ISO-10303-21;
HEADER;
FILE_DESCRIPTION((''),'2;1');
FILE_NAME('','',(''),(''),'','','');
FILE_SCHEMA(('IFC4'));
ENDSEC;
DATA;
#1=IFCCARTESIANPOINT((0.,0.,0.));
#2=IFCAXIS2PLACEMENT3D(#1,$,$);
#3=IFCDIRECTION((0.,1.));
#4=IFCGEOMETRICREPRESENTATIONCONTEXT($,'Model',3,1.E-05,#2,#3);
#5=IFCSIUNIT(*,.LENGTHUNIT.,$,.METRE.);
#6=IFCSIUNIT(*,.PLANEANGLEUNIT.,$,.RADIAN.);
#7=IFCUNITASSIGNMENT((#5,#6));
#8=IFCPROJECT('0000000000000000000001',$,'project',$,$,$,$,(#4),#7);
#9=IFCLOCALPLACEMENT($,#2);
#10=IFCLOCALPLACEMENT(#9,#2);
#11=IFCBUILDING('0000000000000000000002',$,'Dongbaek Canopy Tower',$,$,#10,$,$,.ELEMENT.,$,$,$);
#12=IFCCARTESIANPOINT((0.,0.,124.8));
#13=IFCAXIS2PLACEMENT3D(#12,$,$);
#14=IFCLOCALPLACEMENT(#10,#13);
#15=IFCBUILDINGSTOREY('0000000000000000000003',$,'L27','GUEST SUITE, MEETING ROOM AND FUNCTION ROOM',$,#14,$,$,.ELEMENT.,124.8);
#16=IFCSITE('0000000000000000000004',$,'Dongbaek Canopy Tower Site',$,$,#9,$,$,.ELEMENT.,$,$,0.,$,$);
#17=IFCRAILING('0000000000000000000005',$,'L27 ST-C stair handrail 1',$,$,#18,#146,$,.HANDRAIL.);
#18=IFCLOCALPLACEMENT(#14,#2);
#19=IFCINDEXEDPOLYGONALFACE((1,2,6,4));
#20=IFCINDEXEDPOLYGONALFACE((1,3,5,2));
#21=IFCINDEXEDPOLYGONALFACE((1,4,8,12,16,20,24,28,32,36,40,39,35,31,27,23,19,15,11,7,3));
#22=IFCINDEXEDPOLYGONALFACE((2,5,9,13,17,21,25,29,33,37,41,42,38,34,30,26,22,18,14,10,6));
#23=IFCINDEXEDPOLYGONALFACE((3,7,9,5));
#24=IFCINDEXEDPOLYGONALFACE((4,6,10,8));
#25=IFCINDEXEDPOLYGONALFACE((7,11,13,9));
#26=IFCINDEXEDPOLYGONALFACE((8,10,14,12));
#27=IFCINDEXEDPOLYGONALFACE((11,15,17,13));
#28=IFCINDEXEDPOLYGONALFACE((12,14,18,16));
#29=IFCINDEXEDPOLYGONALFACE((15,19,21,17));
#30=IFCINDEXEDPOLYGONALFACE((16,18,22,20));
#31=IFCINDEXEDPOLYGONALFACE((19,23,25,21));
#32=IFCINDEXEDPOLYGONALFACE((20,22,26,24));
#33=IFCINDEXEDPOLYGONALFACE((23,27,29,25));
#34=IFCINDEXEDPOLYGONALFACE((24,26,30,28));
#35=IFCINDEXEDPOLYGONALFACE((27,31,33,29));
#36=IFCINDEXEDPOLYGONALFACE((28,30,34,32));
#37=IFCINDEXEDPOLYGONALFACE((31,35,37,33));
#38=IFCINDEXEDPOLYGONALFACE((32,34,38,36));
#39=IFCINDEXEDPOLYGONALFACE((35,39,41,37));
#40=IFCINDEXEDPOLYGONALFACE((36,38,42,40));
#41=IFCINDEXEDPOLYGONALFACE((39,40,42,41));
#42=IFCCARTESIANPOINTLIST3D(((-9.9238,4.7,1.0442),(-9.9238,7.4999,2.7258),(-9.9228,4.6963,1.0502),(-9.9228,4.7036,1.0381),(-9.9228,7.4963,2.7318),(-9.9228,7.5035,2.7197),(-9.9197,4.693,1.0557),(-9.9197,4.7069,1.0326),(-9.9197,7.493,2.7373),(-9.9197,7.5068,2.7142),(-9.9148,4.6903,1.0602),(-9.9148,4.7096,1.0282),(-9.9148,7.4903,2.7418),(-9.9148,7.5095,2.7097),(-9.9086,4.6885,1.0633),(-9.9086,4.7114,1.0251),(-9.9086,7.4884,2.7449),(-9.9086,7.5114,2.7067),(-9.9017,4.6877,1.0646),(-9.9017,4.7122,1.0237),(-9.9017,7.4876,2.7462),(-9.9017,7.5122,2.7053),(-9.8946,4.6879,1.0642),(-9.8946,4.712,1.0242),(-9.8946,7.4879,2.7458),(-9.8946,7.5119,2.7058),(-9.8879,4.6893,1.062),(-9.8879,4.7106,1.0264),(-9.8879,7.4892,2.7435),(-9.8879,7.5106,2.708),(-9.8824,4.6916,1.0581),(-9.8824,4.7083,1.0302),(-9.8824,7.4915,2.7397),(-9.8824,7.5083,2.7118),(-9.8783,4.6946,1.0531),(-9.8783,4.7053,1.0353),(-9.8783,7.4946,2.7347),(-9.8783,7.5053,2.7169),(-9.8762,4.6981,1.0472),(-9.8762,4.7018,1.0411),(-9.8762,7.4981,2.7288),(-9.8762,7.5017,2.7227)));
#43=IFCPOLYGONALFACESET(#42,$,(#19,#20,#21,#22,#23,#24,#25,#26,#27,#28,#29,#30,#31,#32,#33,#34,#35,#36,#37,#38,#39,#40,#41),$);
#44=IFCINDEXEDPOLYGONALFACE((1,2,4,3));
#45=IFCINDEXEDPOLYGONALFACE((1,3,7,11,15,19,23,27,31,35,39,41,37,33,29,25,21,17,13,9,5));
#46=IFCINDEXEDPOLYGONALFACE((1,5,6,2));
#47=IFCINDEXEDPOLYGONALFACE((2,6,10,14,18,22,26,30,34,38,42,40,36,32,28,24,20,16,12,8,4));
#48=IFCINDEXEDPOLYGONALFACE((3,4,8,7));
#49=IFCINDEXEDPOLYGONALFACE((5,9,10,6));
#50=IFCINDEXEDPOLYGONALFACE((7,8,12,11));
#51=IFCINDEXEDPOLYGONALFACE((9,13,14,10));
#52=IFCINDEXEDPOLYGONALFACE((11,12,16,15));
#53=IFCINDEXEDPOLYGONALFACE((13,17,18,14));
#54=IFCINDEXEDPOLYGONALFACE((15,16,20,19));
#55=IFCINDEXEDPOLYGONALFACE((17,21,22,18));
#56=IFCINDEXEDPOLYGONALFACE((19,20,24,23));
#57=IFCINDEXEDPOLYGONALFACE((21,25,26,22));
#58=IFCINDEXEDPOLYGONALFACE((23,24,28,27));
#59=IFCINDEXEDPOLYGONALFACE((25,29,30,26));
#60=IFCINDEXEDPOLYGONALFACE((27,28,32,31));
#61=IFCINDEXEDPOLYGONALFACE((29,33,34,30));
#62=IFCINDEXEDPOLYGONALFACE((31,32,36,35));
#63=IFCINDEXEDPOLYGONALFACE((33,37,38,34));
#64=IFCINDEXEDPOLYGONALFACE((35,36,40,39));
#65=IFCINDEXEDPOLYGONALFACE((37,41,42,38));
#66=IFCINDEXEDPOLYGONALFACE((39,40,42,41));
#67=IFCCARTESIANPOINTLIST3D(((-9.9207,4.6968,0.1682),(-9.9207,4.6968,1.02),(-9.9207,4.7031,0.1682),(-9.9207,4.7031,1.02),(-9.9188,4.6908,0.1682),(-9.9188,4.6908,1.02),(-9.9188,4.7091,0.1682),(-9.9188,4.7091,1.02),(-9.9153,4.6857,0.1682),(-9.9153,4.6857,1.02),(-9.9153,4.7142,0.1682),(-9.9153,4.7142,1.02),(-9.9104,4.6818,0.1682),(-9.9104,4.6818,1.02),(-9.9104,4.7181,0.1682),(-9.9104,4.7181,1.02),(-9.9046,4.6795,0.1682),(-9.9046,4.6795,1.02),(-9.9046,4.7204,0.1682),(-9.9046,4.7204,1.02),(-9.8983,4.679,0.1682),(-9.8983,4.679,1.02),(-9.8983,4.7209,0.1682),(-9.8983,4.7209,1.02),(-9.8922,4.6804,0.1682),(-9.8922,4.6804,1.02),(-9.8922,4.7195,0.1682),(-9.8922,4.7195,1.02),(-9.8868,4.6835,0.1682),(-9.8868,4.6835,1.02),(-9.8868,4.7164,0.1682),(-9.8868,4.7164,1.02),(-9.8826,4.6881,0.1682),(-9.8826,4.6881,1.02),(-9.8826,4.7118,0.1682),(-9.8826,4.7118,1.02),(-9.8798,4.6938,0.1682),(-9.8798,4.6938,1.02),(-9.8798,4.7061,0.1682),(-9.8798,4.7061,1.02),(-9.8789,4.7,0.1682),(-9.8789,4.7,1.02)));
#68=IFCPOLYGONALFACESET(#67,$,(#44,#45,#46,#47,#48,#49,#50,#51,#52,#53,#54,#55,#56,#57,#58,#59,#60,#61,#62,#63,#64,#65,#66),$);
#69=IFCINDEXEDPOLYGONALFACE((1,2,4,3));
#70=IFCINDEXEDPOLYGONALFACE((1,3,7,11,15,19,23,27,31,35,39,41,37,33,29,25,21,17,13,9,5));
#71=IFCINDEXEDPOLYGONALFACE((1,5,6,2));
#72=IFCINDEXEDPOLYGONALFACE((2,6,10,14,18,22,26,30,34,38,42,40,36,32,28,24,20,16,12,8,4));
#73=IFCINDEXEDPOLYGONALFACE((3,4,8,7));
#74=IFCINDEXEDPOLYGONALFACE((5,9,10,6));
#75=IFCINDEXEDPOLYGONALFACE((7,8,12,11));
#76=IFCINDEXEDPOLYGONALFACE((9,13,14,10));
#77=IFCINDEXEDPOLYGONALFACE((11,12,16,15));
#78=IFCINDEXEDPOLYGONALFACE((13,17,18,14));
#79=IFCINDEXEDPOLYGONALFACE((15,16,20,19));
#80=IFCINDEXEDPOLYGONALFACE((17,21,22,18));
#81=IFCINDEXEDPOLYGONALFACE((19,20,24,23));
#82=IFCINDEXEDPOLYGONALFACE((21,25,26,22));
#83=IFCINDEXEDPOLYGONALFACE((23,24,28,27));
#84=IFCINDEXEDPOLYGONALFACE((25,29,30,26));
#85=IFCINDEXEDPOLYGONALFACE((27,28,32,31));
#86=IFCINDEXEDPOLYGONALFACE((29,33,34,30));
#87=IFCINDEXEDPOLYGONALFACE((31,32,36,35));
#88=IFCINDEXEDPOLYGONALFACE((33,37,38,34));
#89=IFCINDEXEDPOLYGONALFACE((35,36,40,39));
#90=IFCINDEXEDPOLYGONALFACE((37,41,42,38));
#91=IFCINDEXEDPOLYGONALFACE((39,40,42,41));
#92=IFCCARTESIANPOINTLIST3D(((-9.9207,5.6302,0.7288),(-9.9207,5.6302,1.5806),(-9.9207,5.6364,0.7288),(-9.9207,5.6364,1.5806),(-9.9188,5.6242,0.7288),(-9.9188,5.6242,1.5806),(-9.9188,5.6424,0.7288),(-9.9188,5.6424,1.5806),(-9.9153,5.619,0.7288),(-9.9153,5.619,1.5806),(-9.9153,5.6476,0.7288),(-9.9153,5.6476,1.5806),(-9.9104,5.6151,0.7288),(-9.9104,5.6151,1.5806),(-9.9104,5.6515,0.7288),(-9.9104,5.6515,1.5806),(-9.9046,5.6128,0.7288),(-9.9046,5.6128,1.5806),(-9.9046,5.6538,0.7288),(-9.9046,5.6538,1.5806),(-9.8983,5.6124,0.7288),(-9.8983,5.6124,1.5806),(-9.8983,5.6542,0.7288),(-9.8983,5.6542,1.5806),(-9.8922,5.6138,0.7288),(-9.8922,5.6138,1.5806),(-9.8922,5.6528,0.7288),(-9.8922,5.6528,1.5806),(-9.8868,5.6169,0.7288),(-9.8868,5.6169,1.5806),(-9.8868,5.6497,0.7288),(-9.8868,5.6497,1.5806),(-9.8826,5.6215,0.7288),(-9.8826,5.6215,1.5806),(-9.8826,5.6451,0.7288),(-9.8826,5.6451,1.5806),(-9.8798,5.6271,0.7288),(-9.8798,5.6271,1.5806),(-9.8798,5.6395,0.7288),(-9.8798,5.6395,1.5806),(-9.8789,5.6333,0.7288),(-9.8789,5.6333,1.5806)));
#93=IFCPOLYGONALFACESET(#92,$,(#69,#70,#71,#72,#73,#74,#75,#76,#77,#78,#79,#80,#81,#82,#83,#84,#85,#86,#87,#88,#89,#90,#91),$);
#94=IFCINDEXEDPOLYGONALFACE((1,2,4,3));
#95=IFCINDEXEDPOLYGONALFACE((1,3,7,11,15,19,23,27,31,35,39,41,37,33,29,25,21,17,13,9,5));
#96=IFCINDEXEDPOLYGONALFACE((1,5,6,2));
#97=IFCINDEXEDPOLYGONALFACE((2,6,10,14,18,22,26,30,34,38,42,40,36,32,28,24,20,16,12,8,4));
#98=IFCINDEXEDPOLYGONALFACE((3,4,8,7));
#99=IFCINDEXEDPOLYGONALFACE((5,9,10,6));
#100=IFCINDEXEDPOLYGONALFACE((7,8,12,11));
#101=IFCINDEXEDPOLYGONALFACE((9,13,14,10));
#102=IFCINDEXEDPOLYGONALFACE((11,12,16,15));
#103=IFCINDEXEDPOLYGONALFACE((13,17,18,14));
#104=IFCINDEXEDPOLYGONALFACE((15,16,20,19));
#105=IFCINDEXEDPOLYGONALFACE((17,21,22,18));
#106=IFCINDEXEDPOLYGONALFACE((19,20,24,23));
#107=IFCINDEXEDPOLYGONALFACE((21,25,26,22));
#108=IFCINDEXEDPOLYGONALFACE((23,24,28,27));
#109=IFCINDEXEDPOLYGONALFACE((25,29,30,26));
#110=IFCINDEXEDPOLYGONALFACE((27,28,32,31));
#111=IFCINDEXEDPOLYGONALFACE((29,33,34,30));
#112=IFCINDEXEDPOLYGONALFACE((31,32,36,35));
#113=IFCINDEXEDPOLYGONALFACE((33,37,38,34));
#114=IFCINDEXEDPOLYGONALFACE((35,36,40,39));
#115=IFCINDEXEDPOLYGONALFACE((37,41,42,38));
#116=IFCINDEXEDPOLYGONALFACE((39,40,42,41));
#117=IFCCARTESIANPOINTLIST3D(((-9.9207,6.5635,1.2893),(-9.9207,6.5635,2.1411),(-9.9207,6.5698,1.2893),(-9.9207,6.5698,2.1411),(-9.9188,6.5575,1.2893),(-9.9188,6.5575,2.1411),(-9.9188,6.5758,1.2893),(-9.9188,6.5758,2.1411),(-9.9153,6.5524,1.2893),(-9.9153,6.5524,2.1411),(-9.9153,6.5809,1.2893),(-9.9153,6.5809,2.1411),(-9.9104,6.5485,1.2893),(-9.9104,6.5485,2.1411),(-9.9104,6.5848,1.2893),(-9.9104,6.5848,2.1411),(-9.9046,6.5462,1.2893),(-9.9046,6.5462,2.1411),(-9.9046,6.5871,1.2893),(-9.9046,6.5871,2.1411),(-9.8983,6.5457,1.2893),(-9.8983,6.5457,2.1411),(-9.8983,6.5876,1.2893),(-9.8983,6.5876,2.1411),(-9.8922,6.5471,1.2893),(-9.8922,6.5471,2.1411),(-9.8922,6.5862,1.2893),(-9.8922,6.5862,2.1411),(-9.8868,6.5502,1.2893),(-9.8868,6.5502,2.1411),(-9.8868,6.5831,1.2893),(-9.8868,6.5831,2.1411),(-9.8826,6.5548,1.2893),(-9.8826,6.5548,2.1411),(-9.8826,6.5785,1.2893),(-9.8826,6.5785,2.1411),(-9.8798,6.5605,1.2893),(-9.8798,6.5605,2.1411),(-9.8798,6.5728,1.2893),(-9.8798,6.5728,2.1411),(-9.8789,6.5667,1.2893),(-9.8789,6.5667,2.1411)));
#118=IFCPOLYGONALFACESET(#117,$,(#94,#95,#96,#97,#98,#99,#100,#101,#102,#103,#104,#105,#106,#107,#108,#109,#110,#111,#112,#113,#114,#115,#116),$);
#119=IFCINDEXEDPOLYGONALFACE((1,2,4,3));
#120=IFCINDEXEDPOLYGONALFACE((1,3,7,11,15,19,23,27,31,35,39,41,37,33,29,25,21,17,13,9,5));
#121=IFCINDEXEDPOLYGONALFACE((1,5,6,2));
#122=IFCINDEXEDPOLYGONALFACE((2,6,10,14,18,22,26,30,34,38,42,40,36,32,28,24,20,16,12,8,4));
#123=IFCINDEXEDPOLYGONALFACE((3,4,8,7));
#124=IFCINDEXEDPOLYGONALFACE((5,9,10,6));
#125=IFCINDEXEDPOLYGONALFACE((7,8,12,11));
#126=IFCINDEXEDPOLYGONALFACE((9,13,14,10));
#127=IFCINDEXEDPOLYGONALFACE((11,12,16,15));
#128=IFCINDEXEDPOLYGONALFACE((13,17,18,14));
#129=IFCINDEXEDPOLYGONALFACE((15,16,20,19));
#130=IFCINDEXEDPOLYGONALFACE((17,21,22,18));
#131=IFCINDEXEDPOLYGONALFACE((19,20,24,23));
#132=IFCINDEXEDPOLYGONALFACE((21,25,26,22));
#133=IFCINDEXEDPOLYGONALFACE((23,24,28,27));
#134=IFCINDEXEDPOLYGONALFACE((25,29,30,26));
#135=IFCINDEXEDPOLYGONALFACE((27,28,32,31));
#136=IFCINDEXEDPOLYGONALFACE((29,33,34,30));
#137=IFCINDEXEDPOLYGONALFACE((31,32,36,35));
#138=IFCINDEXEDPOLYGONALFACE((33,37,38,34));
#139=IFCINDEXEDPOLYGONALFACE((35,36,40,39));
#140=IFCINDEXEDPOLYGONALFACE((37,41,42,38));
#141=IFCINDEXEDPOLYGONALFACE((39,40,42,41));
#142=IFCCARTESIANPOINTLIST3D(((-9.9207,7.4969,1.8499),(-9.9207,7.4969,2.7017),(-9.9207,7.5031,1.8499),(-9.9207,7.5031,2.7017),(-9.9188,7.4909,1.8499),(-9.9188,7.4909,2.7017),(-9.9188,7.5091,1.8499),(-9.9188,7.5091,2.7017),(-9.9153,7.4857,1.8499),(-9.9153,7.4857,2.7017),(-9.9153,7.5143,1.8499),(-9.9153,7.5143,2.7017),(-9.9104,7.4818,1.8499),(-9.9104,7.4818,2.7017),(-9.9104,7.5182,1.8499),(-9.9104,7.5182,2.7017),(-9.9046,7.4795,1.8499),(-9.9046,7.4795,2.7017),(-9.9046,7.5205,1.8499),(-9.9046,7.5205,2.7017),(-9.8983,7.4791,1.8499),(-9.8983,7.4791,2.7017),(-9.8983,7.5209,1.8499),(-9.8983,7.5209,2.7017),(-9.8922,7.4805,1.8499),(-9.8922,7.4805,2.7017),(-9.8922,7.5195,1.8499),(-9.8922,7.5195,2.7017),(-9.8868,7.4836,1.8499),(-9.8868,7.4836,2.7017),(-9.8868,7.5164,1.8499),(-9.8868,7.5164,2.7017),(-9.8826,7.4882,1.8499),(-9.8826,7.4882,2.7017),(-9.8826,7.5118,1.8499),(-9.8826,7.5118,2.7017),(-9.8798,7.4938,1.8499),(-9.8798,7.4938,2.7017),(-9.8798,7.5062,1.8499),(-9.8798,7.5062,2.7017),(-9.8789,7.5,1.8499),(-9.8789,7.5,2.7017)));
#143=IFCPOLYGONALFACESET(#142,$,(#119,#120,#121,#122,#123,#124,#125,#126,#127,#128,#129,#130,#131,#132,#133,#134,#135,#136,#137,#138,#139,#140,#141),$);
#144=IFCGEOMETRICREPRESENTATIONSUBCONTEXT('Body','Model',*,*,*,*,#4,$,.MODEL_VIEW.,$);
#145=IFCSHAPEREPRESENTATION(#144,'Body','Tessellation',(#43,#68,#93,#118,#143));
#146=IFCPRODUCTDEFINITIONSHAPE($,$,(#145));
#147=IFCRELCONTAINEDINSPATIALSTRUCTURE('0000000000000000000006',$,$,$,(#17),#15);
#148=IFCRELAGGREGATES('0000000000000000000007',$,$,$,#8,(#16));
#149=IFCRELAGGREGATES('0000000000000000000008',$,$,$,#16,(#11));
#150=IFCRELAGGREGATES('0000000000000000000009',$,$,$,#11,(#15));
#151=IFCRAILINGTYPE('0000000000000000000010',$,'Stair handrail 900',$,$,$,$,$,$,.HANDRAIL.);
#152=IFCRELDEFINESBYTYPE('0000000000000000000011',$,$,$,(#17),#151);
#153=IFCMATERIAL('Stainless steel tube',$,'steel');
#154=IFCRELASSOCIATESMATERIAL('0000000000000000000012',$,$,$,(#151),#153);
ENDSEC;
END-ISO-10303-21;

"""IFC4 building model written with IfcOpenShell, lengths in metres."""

from ifc_helpers import new_model, si_unit, direction, frame, origin, origin_2d, place, context, subcontext, project, spatial, circle, extrude, material, type_object, element, save


model = new_model("IFC4")

# Units and contexts
model_context = context("Model", 3, precision=1e-05, world=origin(), true_north=direction((0.0, 1.0)))
body_context = subcontext(model_context, "Body", "Model", "MODEL_VIEW")
ifc_project = project(units=[si_unit("LENGTHUNIT", "METRE"), si_unit("PLANEANGLEUNIT", "RADIAN")], contexts=[model_context])

# Site, building, storey
site_placement = place(None, origin())
site = spatial("IfcSite", under=ifc_project, at=site_placement, Name="Dongbaek Canopy Tower Site", CompositionType="ELEMENT", RefElevation=0.0)
building_placement = place(site_placement, origin())
building = spatial("IfcBuilding", under=site, at=building_placement, Name="Dongbaek Canopy Tower", CompositionType="ELEMENT")
storey_placement = place(building_placement, frame((0.0, 0.0, 124.8)))
storey = spatial("IfcBuildingStorey", under=building, at=storey_placement, Name="L27", Description="GUEST SUITE, MEETING ROOM AND FUNCTION ROOM", CompositionType="ELEMENT", Elevation=124.8)

# Railing
ifc_material_1 = material(Name="Stainless steel tube", Category="steel")
railing_type_1 = type_object("IfcRailingType", Name="Stair handrail 900", PredefinedType="HANDRAIL", material=ifc_material_1)
railing_1_placement = place(storey_placement, frame((-9.8999, 4.7, 0.1682)))
element("IfcRailing", 1, at=railing_1_placement, inside=storey, type_object=railing_type_1, Name="L27 ST-C stair handrail 1", PredefinedType="HANDRAIL", context=body_context, shape_type="SweptSolid", body=[
    extrude(circle(Radius=0.0239, at=origin_2d()), frame((0.0, 0.0, 0.876), z_axis=(0.0, 0.857275, 0.514858), x_axis=(-1.0, 0.0, 0.0)), (0.0, 0.0, 1.0), 3.2661),
    extrude(circle(Radius=0.021, at=origin_2d()), origin(), (0.0, 0.0, 1.0), 0.8518),
    extrude(circle(Radius=0.021, at=origin_2d()), frame((0.0, 0.9333, 0.5605)), (0.0, 0.0, 1.0), 0.8518),
    extrude(circle(Radius=0.021, at=origin_2d()), frame((0.0, 1.8667, 1.1211)), (0.0, 0.0, 1.0), 0.8518),
    extrude(circle(Radius=0.021, at=origin_2d()), frame((0.0, 2.8, 1.6816)), (0.0, 0.0, 1.0), 0.8518),
])

save(model, "model.ifc")
